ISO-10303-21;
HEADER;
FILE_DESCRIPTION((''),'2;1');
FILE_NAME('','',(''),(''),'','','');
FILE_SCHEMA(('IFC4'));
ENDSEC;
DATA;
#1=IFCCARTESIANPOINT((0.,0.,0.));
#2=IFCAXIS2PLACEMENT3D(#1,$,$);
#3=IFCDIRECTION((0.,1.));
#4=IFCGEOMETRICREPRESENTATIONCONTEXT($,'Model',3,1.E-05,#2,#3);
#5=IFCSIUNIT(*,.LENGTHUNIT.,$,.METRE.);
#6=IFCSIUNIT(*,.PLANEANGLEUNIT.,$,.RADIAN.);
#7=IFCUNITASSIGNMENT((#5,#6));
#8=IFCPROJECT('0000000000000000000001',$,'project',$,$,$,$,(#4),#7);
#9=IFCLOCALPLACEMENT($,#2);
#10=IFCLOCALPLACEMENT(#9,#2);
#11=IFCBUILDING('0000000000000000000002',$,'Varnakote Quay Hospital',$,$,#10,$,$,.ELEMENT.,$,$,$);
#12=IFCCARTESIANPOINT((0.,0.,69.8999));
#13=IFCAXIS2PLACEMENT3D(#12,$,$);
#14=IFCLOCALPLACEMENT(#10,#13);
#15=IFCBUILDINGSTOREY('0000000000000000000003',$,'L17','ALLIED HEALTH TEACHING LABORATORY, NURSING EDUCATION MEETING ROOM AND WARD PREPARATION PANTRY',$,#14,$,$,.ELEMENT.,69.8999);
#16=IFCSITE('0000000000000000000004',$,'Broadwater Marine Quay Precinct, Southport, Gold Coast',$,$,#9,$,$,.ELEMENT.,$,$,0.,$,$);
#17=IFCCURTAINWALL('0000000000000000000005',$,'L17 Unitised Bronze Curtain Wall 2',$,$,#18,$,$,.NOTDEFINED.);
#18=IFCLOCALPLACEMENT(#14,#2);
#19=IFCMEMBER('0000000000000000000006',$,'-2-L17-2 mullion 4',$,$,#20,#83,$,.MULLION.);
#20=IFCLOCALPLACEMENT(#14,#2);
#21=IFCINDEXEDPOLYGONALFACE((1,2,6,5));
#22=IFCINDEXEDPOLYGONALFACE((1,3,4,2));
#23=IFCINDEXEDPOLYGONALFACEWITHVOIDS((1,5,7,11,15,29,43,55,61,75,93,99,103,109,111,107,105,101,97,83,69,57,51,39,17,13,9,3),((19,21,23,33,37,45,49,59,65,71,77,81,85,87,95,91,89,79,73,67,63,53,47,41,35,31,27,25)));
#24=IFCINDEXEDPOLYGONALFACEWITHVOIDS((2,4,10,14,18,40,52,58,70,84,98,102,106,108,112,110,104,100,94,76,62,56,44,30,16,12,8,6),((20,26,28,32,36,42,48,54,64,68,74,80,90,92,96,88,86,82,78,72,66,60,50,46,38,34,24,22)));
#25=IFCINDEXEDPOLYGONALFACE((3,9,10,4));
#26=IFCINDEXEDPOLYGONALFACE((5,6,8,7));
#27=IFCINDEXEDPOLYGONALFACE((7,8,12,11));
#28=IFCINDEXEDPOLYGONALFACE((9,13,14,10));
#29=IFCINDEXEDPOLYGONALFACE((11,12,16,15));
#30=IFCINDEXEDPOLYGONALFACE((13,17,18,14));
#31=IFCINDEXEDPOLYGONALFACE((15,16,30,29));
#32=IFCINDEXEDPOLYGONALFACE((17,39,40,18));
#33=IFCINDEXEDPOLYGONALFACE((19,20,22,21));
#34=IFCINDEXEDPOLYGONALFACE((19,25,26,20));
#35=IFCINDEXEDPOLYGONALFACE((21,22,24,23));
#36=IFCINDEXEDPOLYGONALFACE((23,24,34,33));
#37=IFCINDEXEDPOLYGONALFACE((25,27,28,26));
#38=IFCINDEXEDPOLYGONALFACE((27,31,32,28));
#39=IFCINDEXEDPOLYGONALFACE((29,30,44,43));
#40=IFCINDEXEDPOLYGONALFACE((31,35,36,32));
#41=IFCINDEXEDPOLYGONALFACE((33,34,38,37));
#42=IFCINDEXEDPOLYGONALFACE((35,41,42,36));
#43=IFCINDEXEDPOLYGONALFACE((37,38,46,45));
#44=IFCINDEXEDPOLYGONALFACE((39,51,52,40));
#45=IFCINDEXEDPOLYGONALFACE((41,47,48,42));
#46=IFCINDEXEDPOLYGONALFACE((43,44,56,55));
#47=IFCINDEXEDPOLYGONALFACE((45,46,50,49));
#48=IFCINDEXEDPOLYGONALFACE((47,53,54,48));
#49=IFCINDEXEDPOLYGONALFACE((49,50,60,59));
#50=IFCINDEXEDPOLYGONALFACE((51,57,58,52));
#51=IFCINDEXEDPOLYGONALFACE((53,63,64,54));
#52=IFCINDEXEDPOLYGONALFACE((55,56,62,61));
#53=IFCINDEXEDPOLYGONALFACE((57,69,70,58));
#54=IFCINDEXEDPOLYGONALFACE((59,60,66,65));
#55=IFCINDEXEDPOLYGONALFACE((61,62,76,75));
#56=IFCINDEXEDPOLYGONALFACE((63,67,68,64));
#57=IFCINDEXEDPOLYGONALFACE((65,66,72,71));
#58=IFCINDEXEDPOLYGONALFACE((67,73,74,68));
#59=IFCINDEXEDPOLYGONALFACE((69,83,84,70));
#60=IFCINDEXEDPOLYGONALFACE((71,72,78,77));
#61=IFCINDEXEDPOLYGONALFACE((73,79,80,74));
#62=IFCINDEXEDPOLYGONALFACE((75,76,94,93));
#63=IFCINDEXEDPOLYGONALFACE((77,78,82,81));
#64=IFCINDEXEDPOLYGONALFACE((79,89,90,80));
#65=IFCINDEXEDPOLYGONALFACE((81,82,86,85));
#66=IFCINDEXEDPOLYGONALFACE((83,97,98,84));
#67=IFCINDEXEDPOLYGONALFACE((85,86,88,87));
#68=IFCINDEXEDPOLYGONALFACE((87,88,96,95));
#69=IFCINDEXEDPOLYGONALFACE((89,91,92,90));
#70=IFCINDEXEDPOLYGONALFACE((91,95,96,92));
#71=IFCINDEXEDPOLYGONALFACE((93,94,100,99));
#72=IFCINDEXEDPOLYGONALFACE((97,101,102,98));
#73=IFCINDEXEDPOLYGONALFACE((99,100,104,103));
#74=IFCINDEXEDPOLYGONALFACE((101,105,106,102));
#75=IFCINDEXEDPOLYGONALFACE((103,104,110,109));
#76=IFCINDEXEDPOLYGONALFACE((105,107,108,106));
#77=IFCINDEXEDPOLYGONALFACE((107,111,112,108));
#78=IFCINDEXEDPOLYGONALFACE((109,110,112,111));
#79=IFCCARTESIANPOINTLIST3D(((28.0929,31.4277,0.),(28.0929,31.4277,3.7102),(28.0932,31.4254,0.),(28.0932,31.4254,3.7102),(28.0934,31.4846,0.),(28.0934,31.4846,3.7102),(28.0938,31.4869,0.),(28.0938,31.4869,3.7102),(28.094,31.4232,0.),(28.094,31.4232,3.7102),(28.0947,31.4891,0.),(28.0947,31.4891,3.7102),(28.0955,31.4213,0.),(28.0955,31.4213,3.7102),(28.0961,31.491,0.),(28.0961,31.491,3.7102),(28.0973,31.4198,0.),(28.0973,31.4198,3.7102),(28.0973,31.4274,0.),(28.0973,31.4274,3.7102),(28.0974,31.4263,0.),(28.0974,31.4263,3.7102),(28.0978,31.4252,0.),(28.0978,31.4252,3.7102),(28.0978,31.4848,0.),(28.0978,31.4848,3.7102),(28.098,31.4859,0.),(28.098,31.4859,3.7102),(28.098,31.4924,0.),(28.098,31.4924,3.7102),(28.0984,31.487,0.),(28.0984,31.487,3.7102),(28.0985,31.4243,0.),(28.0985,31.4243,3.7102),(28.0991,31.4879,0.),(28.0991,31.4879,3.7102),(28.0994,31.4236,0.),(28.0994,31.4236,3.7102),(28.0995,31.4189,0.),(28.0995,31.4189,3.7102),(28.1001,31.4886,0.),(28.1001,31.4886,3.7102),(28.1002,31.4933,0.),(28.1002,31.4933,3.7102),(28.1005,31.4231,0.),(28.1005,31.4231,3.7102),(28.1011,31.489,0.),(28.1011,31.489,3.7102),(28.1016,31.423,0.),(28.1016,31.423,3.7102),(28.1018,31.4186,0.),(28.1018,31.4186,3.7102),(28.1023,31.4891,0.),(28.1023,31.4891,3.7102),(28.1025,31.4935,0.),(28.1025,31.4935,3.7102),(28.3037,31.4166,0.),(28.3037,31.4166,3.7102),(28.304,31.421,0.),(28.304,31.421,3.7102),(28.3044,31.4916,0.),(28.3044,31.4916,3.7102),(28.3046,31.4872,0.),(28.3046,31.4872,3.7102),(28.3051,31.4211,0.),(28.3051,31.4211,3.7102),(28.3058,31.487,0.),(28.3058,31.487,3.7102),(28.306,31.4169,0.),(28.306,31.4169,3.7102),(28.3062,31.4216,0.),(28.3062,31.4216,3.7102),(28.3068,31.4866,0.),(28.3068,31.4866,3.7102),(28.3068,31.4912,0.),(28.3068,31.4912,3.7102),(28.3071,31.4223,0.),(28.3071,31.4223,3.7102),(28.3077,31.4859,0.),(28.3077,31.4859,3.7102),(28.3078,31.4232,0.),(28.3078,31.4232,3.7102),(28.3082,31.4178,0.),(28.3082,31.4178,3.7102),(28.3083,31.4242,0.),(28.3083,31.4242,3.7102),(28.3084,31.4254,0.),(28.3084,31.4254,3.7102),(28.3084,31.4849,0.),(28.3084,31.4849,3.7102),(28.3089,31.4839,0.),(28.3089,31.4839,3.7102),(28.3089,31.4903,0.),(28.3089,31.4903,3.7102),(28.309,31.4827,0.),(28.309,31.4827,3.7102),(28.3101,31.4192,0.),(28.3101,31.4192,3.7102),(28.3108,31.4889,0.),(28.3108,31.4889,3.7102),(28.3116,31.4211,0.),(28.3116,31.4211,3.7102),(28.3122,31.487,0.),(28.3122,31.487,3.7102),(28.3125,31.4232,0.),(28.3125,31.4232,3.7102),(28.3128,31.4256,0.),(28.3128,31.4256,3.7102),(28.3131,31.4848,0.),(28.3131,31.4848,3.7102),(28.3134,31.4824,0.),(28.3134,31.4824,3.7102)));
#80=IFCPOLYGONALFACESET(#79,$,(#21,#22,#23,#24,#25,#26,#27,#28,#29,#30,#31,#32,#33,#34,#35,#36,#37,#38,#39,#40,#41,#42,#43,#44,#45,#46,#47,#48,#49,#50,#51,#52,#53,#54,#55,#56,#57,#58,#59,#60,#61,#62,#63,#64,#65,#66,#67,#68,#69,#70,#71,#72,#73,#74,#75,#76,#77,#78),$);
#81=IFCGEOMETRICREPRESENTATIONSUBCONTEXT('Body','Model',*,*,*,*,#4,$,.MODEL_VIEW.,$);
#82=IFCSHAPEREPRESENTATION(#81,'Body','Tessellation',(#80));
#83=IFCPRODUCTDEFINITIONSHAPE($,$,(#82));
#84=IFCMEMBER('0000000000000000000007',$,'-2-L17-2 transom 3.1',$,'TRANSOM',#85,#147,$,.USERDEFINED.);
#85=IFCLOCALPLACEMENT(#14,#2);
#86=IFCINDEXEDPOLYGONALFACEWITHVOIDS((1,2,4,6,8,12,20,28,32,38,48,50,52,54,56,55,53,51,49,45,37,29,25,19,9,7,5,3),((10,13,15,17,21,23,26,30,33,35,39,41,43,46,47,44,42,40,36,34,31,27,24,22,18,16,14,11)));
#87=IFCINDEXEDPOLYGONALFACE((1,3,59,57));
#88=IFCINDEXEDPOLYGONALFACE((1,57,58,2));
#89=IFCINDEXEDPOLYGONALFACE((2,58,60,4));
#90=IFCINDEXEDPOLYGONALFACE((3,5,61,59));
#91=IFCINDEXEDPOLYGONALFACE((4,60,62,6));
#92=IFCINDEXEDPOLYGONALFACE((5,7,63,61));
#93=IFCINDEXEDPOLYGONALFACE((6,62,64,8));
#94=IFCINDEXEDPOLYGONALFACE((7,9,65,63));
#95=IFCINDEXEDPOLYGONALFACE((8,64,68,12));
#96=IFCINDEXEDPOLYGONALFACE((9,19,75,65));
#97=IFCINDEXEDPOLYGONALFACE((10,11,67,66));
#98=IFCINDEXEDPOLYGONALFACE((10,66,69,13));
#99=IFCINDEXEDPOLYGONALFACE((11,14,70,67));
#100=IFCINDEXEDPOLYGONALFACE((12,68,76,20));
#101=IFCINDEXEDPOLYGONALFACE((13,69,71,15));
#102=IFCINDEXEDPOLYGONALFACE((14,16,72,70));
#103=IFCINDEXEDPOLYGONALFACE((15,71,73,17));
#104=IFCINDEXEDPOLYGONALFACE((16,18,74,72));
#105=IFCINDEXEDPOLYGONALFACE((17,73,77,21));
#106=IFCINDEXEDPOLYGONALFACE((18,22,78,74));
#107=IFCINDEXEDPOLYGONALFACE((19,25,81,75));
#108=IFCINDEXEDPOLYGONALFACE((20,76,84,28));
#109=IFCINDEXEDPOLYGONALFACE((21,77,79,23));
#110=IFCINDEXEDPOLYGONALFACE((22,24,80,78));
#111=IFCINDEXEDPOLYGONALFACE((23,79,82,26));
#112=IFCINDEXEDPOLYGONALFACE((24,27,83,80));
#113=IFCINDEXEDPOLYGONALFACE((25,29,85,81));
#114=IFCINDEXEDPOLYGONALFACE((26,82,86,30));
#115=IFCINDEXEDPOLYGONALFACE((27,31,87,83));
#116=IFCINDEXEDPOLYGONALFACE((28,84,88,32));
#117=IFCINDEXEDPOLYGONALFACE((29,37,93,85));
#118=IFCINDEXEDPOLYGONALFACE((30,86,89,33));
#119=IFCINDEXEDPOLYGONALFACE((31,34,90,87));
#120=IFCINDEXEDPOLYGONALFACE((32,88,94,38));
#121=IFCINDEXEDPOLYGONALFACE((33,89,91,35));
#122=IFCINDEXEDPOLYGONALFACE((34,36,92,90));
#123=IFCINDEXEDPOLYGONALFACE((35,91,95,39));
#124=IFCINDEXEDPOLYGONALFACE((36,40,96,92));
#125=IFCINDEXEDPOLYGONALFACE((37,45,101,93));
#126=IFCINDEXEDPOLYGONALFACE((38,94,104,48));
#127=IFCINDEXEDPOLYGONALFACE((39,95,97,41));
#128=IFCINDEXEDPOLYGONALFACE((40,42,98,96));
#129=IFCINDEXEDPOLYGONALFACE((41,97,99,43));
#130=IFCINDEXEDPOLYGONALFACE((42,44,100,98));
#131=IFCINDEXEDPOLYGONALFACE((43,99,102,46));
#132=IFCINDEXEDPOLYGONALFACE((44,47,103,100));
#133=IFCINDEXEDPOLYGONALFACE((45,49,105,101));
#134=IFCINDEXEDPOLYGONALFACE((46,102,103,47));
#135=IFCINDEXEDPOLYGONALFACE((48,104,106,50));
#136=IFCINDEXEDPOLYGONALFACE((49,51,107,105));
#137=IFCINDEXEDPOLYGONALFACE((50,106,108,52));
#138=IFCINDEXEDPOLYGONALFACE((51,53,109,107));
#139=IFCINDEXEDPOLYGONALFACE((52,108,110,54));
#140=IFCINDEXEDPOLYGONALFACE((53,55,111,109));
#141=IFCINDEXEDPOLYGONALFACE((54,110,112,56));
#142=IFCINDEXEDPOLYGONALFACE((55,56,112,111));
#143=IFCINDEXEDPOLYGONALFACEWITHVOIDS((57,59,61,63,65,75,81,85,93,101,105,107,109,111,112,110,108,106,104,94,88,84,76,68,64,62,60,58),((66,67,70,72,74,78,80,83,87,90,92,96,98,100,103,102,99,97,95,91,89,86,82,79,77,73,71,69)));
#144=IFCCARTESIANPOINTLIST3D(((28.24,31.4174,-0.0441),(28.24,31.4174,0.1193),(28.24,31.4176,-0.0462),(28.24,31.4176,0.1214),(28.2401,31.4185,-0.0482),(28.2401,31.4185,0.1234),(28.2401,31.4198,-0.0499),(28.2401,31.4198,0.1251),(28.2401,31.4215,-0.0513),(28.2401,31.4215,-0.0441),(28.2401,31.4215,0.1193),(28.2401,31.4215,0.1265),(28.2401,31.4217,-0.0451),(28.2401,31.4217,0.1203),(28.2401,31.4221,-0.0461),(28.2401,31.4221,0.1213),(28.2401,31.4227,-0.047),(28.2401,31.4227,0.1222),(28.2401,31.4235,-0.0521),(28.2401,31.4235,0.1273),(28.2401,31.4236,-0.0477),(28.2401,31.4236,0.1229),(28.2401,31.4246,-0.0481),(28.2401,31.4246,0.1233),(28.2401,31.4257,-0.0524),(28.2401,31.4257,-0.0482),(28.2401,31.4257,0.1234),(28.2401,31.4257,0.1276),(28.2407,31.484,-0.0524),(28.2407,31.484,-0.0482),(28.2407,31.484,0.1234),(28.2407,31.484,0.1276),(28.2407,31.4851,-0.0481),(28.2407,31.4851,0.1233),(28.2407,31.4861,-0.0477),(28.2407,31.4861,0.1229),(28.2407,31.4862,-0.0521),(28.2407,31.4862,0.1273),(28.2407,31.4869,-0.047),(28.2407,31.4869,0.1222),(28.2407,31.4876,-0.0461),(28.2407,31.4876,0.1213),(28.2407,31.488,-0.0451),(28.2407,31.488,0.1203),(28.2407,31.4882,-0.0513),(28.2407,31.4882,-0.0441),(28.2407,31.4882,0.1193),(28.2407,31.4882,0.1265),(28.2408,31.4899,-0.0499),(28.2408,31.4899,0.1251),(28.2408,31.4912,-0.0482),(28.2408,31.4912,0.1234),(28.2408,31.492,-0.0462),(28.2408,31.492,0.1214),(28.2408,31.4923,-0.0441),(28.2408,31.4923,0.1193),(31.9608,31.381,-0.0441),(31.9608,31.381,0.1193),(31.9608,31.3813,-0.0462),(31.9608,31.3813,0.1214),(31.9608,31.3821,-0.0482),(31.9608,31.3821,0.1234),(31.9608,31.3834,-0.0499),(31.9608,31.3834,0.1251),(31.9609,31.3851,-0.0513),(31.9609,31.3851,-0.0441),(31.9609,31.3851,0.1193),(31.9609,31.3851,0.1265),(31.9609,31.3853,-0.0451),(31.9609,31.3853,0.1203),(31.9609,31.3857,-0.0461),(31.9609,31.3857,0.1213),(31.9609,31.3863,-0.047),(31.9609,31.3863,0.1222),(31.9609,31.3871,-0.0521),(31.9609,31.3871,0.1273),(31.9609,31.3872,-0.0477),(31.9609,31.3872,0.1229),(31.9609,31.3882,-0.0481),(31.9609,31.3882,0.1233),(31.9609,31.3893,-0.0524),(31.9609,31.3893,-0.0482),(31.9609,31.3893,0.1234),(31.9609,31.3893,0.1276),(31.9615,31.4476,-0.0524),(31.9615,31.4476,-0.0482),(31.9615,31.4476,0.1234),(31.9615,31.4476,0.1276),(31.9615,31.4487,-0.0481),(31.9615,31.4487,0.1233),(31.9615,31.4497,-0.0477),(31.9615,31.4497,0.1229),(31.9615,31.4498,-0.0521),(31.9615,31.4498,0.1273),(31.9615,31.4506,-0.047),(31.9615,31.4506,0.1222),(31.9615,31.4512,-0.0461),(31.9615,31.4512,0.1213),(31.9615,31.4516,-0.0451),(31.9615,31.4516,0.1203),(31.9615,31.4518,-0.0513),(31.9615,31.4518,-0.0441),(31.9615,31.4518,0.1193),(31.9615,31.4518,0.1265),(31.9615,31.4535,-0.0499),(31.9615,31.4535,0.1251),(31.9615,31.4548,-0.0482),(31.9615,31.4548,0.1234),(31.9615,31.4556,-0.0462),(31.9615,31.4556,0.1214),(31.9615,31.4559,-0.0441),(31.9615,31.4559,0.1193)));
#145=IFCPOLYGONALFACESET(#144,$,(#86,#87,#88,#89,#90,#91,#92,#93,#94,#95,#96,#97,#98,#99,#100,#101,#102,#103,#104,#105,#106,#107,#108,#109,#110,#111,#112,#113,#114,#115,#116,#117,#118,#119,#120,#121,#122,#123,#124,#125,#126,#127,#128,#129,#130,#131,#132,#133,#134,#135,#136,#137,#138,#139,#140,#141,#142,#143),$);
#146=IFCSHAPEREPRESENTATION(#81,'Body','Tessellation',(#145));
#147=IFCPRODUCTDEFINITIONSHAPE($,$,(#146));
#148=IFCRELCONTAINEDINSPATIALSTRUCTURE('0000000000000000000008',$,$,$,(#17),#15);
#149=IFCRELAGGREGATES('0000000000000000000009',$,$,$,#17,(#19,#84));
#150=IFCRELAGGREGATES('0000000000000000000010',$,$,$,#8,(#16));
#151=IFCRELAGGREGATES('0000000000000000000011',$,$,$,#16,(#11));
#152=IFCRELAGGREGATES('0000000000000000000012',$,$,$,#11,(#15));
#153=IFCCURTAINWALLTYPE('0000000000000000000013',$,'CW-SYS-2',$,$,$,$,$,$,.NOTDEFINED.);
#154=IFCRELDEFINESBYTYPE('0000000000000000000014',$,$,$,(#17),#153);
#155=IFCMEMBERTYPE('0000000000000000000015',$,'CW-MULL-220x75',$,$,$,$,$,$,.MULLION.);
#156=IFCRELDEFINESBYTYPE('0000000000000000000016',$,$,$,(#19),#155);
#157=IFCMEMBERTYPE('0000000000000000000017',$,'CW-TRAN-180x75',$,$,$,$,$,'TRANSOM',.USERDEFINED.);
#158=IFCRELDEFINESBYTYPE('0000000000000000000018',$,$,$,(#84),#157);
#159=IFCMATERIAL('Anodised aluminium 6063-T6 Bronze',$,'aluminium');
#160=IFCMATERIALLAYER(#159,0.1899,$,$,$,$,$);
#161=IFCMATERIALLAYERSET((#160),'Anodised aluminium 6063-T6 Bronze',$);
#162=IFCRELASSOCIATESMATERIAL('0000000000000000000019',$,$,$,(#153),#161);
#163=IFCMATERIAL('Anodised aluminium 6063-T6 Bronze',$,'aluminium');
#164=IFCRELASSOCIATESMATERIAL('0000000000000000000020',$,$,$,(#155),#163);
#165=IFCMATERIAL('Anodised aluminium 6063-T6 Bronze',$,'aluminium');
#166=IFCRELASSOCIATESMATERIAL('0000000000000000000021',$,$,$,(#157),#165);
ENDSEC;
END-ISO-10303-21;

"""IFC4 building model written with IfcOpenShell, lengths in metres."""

from ifc_helpers import new_model, si_unit, direction, frame, origin, origin_2d, place, context, subcontext, project, spatial, hollow_rectangle, extrude, material, layer, layer_set, material_profile, profile_set, type_object, element, aggregate, save


model = new_model("IFC4")

# Units and contexts
model_context = context("Model", 3, precision=1e-05, world=origin(), true_north=direction((0.0, 1.0)))
body_context = subcontext(model_context, "Body", "Model", "MODEL_VIEW")
ifc_project = project(units=[si_unit("LENGTHUNIT", "METRE"), si_unit("PLANEANGLEUNIT", "RADIAN")], contexts=[model_context])

# Site, building, storey
site_placement = place(None, origin())
site = spatial("IfcSite", under=ifc_project, at=site_placement, Name="Broadwater Marine Quay Precinct, Southport, Gold Coast", CompositionType="ELEMENT", RefElevation=0.0)
building_placement = place(site_placement, origin())
building = spatial("IfcBuilding", under=site, at=building_placement, Name="Varnakote Quay Hospital", CompositionType="ELEMENT")
storey_placement = place(building_placement, frame((0.0, 0.0, 69.8999)))
storey = spatial("IfcBuildingStorey", under=building, at=storey_placement, Name="L17", Description="ALLIED HEALTH TEACHING LABORATORY, NURSING EDUCATION MEETING ROOM AND WARD PREPARATION PANTRY", CompositionType="ELEMENT", Elevation=69.8999)

# Curtain wall, members
ifc_material_1 = material(Name="Anodised aluminium 6063-T6 Bronze", Category="aluminium")
ifc_layer_1 = layer(ifc_material_1, 0.1899)
ifc_layer_set_1 = layer_set([ifc_layer_1], Name="Anodised aluminium 6063-T6 Bronze")
curtain_wall_type = type_object("IfcCurtainWallType", Name="CW-SYS-2", PredefinedType="NOTDEFINED", material=ifc_layer_set_1)
curtain_wall_placement = place(storey_placement, origin())
curtain_wall = element("IfcCurtainWall", 1, at=curtain_wall_placement, inside=storey, type_object=curtain_wall_type, Name="L17 Unitised Bronze Curtain Wall 2", PredefinedType="NOTDEFINED")
ifc_material_2 = material(Name="Anodised aluminium 6063-T6 Bronze", Category="aluminium")
ifc_material_profile_1 = material_profile(ifc_material_2, hollow_rectangle(XDim=0.075, YDim=0.22, WallThickness=0.0044, InnerFilletRadius=0.0044, OuterFilletRadius=0.009, at=origin_2d()), Name="CW-MULL-220x75")
ifc_profile_set_1 = profile_set([ifc_material_profile_1], Name="Anodised aluminium 6063-T6 Bronze")
member_type_1 = type_object("IfcMemberType", Name="CW-MULL-220x75", PredefinedType="MULLION", material=ifc_profile_set_1)
member_1_placement = place(storey_placement, frame((28.2031, 31.4551, 0.0), z_axis=(0.0, 0.0, 1.0), x_axis=(-0.009774, -0.999952, 0.0)))
member_1 = element("IfcMember", 2, at=member_1_placement, type_object=member_type_1, Name="-2-L17-2 mullion 4", PredefinedType="MULLION", context=body_context, shape_type="SweptSolid", body=[
    extrude(hollow_rectangle(XDim=0.075, YDim=0.22, WallThickness=0.0044, InnerFilletRadius=0.0044, OuterFilletRadius=0.009, at=origin_2d()), origin(), (0.0, 0.0, 1.0), 3.7102),
])
ifc_material_3 = material(Name="Anodised aluminium 6063-T6 Bronze", Category="aluminium")
ifc_material_profile_2 = material_profile(ifc_material_3, hollow_rectangle(XDim=0.075, YDim=0.1799, WallThickness=0.0042, InnerFilletRadius=0.0042, OuterFilletRadius=0.0083, at=origin_2d()), Name="CW-TRAN-180x75")
ifc_profile_set_2 = profile_set([ifc_material_profile_2], Name="Anodised aluminium 6063-T6 Bronze")
member_type_2 = type_object("IfcMemberType", Name="CW-TRAN-180x75", ElementType="TRANSOM", PredefinedType="USERDEFINED", material=ifc_profile_set_2)
member_2_placement = place(storey_placement, frame((31.9612, 31.4185, 0.0376), z_axis=(-0.999952, 0.009776, 0.0), x_axis=(-0.009776, -0.999952, 0.0)))
member_2 = element("IfcMember", 3, at=member_2_placement, type_object=member_type_2, Name="-2-L17-2 transom 3.1", ObjectType="TRANSOM", PredefinedType="USERDEFINED", context=body_context, shape_type="SweptSolid", body=[
    extrude(hollow_rectangle(XDim=0.075, YDim=0.1799, WallThickness=0.0042, InnerFilletRadius=0.0042, OuterFilletRadius=0.0083, at=origin_2d()), origin(), (0.0, 0.0, 1.0), 3.7209),
])

aggregate(curtain_wall, [member_1, member_2])

save(model, "model.ifc")
